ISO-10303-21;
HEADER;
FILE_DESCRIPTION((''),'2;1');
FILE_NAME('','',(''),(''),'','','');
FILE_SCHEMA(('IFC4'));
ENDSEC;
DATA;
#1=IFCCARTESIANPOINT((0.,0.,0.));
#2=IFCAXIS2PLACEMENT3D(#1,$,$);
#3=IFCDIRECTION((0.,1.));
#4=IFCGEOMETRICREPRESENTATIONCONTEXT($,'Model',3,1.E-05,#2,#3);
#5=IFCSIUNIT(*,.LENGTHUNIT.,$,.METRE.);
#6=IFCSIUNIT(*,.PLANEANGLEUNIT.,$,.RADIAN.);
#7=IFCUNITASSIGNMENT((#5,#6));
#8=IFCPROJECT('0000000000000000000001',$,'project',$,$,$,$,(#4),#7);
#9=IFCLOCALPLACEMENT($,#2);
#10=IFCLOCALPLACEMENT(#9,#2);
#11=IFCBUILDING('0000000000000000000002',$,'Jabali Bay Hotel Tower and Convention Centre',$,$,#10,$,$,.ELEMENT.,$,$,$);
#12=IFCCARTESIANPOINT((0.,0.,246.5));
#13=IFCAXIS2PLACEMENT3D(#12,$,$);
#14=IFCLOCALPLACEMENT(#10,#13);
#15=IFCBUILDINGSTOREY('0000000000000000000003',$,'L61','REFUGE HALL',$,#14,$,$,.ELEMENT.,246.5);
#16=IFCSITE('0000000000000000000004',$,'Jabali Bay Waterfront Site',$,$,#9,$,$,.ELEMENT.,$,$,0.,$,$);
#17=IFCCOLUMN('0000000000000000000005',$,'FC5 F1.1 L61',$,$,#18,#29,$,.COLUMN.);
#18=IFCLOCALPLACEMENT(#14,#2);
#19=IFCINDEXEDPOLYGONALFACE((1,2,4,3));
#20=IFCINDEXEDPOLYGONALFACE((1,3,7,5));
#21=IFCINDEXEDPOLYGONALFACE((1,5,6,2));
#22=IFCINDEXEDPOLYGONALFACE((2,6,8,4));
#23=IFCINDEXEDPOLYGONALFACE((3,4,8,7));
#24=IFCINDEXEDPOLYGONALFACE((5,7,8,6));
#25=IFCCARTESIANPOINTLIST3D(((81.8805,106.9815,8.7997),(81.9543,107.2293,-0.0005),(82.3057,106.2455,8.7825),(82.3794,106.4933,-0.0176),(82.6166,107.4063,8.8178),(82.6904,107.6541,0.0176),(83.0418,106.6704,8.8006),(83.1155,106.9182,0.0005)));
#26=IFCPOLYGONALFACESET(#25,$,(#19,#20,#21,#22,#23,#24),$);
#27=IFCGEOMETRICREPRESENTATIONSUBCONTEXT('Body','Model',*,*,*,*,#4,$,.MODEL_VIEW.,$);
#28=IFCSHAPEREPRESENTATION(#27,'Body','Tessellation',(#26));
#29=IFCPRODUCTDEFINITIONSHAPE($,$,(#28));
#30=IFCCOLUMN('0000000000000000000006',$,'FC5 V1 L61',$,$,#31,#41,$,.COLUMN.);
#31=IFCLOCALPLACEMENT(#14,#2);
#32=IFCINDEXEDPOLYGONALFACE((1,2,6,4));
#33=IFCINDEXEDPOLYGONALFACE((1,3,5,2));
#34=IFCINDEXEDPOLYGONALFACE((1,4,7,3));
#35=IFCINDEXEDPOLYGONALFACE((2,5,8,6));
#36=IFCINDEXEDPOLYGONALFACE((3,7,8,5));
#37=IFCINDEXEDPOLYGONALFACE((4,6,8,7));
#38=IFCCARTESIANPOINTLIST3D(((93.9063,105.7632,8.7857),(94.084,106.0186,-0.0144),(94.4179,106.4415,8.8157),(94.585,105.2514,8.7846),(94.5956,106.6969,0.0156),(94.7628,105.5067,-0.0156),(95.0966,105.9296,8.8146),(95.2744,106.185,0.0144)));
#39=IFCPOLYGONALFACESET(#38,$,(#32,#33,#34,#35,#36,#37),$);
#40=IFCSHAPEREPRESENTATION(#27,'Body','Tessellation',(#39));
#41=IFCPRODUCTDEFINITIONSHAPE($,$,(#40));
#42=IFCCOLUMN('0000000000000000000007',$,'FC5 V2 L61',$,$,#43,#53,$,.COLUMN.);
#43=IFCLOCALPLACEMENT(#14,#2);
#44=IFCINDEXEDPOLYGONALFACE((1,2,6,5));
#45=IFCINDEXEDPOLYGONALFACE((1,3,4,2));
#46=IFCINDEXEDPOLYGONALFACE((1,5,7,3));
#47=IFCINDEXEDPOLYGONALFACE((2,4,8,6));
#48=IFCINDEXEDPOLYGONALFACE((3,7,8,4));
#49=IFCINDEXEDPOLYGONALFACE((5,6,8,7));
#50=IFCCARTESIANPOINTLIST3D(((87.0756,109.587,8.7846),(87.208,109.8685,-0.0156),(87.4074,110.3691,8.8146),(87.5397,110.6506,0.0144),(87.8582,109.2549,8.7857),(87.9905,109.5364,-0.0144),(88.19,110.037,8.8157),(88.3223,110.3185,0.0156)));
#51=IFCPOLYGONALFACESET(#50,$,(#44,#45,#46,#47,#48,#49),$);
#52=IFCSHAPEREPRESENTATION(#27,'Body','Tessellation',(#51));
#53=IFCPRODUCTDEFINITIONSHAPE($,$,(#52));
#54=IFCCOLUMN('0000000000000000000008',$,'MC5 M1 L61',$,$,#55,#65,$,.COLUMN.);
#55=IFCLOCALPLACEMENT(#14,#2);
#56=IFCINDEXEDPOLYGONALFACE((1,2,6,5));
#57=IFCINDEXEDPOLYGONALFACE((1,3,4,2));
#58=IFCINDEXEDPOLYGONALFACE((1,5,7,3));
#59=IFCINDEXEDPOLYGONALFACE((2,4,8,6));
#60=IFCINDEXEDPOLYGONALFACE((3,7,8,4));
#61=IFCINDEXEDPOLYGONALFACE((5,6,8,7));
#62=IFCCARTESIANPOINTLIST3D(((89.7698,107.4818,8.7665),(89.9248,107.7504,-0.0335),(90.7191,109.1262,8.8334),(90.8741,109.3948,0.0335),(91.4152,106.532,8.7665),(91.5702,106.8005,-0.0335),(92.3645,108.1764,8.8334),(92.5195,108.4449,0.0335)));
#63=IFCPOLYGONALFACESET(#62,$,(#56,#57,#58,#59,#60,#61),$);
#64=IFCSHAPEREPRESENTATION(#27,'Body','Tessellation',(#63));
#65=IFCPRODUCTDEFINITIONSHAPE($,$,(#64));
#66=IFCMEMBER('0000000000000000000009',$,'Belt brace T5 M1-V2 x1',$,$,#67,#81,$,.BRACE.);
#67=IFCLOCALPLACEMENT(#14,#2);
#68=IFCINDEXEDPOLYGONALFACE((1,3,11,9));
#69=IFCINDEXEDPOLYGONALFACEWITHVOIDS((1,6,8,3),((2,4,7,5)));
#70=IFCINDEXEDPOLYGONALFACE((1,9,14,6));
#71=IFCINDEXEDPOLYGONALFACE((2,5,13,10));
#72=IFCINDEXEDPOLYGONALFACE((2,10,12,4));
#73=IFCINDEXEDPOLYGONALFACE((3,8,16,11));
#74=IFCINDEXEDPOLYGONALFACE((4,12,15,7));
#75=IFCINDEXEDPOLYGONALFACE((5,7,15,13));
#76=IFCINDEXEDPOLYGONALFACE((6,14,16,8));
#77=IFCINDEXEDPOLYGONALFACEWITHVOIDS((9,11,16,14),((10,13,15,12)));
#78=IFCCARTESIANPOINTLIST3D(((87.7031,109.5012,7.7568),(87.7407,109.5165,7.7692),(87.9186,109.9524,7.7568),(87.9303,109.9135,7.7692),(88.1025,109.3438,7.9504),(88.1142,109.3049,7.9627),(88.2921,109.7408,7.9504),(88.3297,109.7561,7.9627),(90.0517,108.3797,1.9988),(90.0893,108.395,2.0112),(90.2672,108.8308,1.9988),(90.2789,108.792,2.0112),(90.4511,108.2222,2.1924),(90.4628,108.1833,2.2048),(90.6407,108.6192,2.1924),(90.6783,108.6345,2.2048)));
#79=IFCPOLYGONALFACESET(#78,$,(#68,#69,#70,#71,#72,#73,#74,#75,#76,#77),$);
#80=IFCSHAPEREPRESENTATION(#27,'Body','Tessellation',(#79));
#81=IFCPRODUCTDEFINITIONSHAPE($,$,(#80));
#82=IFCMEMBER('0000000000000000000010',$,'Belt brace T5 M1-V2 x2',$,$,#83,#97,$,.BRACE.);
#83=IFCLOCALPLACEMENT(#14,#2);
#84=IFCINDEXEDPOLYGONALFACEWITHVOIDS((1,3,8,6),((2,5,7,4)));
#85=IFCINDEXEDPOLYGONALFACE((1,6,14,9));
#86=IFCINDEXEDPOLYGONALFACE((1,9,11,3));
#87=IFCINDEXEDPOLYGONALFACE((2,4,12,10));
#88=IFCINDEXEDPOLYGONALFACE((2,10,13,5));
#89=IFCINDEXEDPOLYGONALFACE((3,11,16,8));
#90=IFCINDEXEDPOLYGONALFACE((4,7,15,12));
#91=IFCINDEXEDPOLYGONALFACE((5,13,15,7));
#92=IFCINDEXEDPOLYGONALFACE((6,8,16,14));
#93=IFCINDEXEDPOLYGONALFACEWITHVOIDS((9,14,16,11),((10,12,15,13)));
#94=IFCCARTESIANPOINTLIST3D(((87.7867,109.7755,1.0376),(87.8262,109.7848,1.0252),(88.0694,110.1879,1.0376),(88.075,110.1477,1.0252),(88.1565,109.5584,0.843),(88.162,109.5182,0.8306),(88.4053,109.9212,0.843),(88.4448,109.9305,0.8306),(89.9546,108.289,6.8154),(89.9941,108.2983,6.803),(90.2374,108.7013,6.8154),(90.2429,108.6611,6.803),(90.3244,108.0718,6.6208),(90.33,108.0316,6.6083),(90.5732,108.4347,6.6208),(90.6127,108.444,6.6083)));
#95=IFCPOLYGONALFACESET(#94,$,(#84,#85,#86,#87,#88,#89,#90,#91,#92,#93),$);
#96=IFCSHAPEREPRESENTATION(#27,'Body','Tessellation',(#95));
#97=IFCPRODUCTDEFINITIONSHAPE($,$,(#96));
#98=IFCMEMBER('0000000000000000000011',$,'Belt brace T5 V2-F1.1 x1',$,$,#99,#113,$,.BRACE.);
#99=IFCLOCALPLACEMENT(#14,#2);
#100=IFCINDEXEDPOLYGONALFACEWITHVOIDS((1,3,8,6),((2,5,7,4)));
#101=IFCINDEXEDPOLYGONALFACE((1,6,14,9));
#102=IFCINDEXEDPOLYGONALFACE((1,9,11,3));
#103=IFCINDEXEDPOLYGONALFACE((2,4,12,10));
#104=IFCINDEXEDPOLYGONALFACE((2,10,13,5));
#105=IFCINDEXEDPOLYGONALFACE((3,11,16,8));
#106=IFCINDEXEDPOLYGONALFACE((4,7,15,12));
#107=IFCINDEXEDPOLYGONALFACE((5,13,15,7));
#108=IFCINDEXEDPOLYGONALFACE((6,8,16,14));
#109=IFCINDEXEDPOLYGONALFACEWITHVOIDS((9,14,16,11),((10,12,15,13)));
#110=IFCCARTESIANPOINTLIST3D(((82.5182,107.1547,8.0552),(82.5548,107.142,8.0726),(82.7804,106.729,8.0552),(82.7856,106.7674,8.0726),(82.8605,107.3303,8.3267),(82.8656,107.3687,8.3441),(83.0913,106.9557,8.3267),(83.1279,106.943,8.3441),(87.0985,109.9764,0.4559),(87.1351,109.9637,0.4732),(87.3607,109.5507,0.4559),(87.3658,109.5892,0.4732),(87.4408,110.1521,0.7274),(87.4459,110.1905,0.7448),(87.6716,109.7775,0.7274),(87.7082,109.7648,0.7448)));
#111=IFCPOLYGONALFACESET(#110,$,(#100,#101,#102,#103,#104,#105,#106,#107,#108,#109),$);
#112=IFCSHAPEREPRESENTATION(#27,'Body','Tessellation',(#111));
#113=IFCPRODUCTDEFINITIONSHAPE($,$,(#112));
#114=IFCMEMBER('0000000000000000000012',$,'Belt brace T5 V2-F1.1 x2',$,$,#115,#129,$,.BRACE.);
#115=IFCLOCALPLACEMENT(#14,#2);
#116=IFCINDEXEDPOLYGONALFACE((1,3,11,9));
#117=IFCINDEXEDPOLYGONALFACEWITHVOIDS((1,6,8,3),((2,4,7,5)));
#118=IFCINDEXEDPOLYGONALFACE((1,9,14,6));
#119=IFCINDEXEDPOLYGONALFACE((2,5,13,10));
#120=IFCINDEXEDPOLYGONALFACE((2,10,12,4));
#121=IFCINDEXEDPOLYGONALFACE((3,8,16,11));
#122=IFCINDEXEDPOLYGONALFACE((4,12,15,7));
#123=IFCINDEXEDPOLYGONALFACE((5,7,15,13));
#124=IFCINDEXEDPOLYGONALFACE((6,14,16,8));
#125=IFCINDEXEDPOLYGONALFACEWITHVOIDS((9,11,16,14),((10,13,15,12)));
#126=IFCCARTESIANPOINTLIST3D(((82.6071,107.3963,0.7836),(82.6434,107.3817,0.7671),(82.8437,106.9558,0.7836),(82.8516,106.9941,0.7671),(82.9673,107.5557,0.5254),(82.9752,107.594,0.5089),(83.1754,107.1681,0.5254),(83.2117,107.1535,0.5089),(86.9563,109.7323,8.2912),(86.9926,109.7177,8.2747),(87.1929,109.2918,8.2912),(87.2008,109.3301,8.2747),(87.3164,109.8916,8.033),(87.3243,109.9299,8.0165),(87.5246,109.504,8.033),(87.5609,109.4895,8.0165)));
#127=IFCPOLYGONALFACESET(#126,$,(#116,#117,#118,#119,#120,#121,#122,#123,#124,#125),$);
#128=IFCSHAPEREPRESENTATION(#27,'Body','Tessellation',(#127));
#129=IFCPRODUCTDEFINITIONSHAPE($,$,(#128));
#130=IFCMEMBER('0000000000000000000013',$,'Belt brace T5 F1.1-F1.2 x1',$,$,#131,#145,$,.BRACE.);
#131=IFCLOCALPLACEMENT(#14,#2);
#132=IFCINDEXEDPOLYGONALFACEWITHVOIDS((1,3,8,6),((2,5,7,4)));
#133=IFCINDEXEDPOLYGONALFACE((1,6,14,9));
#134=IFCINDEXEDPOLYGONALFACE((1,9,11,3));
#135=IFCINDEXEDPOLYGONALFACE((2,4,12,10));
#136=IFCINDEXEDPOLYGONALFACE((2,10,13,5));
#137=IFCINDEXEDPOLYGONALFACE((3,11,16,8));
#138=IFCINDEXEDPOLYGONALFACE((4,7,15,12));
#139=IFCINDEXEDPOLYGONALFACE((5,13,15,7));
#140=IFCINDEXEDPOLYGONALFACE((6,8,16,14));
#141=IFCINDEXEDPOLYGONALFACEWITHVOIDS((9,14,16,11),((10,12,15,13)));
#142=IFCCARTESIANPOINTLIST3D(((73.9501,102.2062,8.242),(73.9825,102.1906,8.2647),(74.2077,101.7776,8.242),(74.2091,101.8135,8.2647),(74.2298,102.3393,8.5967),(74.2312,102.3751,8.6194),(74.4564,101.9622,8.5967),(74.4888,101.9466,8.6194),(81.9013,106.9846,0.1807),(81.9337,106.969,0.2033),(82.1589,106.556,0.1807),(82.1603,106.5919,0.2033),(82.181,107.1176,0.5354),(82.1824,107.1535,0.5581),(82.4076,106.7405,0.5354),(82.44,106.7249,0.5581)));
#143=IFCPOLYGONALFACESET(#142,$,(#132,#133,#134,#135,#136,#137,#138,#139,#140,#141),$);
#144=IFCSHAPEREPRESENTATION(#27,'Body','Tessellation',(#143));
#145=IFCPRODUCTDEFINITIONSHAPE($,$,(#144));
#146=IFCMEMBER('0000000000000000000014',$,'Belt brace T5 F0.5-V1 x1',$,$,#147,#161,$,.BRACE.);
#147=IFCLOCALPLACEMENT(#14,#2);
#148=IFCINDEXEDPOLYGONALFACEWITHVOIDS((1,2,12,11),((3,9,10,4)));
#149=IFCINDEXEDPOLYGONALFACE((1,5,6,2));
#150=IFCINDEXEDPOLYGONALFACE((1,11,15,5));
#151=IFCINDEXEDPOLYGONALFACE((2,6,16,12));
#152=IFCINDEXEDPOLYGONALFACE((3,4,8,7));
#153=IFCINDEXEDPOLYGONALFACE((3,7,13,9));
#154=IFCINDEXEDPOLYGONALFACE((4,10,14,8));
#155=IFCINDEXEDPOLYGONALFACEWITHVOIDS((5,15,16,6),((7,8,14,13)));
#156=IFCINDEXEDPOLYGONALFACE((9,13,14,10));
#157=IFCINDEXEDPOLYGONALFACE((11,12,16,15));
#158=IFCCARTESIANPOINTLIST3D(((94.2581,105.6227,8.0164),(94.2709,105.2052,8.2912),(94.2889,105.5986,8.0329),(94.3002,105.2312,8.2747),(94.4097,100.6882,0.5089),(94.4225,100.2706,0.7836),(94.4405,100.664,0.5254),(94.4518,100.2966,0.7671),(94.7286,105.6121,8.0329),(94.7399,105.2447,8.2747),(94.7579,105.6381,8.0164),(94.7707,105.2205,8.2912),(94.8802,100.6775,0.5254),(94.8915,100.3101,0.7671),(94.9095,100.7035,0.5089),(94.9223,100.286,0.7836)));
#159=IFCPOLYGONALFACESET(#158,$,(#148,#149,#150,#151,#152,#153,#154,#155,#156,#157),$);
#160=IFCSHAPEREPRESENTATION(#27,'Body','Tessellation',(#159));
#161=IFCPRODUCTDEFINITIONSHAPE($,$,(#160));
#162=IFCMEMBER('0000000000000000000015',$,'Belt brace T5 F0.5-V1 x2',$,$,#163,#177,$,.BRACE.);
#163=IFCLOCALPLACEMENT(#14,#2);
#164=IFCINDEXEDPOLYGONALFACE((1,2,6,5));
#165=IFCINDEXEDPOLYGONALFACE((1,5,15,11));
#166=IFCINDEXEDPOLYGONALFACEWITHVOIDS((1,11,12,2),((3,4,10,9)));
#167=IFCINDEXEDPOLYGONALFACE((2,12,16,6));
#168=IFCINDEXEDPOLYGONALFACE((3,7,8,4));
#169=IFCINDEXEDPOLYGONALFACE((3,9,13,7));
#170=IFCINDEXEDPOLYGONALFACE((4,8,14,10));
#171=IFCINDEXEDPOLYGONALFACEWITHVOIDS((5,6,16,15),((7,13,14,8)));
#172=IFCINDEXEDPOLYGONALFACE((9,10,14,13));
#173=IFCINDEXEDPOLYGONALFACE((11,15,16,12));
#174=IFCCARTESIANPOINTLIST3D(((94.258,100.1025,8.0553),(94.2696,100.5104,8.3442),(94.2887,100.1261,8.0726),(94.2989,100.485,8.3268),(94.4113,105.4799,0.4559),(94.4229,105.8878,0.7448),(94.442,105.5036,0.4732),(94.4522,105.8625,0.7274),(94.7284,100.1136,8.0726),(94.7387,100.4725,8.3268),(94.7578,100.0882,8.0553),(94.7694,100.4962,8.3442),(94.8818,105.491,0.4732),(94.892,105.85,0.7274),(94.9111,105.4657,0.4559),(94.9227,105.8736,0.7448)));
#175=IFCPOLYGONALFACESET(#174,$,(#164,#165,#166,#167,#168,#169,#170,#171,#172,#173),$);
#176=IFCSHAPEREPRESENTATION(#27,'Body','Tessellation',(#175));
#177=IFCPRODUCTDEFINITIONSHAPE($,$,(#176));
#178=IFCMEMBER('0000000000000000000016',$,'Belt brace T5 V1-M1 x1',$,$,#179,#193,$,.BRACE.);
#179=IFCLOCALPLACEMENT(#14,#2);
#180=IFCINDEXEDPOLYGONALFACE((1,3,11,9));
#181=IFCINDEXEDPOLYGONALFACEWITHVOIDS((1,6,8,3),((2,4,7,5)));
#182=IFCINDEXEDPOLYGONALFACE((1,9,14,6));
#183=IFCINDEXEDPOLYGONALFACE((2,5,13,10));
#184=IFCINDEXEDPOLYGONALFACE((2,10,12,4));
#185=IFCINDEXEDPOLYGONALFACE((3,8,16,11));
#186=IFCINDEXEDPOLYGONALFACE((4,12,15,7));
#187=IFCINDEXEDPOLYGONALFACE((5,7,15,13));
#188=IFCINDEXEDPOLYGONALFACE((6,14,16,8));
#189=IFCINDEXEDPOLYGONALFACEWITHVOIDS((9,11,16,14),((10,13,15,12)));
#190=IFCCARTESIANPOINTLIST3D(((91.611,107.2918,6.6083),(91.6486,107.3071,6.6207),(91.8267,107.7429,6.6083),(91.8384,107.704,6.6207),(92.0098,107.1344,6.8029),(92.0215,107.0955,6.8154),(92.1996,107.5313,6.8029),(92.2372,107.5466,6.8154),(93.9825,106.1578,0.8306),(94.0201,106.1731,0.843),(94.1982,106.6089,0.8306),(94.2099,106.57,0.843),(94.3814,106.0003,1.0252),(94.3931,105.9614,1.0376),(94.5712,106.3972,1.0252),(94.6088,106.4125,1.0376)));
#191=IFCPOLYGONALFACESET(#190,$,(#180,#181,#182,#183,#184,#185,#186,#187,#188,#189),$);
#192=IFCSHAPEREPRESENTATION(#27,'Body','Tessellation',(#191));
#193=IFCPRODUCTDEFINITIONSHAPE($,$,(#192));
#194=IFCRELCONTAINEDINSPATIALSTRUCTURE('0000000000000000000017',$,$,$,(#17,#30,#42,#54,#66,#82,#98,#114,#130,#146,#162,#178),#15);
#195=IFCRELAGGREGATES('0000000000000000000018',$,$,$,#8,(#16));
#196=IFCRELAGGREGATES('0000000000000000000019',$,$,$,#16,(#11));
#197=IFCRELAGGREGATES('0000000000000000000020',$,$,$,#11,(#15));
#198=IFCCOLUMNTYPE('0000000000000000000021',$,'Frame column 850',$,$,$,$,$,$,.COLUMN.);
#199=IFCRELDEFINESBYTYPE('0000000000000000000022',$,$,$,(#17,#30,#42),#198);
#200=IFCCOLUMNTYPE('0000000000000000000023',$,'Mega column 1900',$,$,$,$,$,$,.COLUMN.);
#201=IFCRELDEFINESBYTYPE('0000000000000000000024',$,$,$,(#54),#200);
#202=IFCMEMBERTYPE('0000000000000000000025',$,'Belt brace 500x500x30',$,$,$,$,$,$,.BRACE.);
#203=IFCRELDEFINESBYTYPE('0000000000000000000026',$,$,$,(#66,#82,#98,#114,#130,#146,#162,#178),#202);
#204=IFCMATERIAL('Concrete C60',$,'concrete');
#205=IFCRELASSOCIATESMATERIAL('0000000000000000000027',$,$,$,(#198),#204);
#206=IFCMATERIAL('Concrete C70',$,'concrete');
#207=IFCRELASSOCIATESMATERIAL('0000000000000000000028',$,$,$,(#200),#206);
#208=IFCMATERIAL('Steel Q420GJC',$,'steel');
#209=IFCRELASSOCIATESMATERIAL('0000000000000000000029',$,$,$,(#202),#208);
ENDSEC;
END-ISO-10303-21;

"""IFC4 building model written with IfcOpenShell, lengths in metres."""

from ifc_helpers import new_model, si_unit, direction, frame, origin, origin_2d, place, context, subcontext, project, spatial, rectangle, hollow_rectangle, extrude, material, material_profile, profile_set, type_object, element, save


model = new_model("IFC4")

# Units and contexts
model_context = context("Model", 3, precision=1e-05, world=origin(), true_north=direction((0.0, 1.0)))
body_context = subcontext(model_context, "Body", "Model", "MODEL_VIEW")
ifc_project = project(units=[si_unit("LENGTHUNIT", "METRE"), si_unit("PLANEANGLEUNIT", "RADIAN")], contexts=[model_context])

# Site, building, storey
site_placement = place(None, origin())
site = spatial("IfcSite", under=ifc_project, at=site_placement, Name="Jabali Bay Waterfront Site", CompositionType="ELEMENT", RefElevation=0.0)
building_placement = place(site_placement, origin())
building = spatial("IfcBuilding", under=site, at=building_placement, Name="Jabali Bay Hotel Tower and Convention Centre", CompositionType="ELEMENT")
storey_placement = place(building_placement, frame((0.0, 0.0, 246.5)))
storey = spatial("IfcBuildingStorey", under=building, at=storey_placement, Name="L61", Description="REFUGE HALL", CompositionType="ELEMENT", Elevation=246.5)

# Columns
ifc_material_1 = material(Name="Concrete C60", Category="concrete")
ifc_material_profile_1 = material_profile(ifc_material_1, rectangle(XDim=0.8501, YDim=0.8501, at=origin_2d()), Name="Frame column 850")
ifc_profile_set_1 = profile_set([ifc_material_profile_1], Name="Concrete C60")
column_type_1 = type_object("IfcColumnType", Name="Frame column 850", PredefinedType="COLUMN", material=ifc_profile_set_1)
column_1_placement = place(storey_placement, frame((82.5349, 107.0737, 0.0), z_axis=(-0.008375, -0.028147, 0.999569), x_axis=(0.865902, 0.499758, 0.021328)))
element("IfcColumn", 1, at=column_1_placement, inside=storey, type_object=column_type_1, Name="FC5 F1.1 L61", PredefinedType="COLUMN", context=body_context, shape_type="SweptSolid", body=[
    extrude(rectangle(XDim=0.8501, YDim=0.8501, at=origin_2d()), origin(), (0.0, 0.0, 1.0), 8.804),
])
for number, where, z_axis, x_axis, name in (
    (2, (94.6792, 106.1018, 0.0), (-0.020184, -0.029001, 0.999376), (0.601814, 0.797856, 0.035308), "FC5 V1 L61"),
    (3, (87.7651, 110.0935, 0.0), (-0.015027, -0.031968, 0.999376), (0.920569, -0.390577, 0.001349), "FC5 V2 L61"),
):
    element("IfcColumn", number, at=place(storey_placement, frame(where, z_axis=z_axis, x_axis=x_axis)), inside=storey, type_object=column_type_1, Name=name, PredefinedType="COLUMN", context=body_context, shape_type="SweptSolid", body=[
        extrude(rectangle(XDim=0.8501, YDim=0.8501, at=origin_2d()), origin(), (0.0, 0.0, 1.0), 8.8057),
    ])
ifc_material_2 = material(Name="Concrete C70", Category="concrete")
ifc_material_profile_2 = material_profile(ifc_material_2, rectangle(XDim=1.8999, YDim=1.8999, at=origin_2d()), Name="Mega column 1900")
ifc_profile_set_2 = profile_set([ifc_material_profile_2], Name="Concrete C70")
column_type_2 = type_object("IfcColumnType", Name="Mega column 1900", PredefinedType="COLUMN", material=ifc_profile_set_2)
column_2_placement = place(storey_placement, frame((91.2222, 108.0977, 0.0), z_axis=(-0.017606, -0.030498, 0.99938), x_axis=(0.49964, 0.865517, 0.035215)))
element("IfcColumn", 4, at=column_2_placement, inside=storey, type_object=column_type_2, Name="MC5 M1 L61", PredefinedType="COLUMN", context=body_context, shape_type="SweptSolid", body=[
    extrude(rectangle(XDim=1.8999, YDim=1.8999, at=origin_2d()), origin(), (0.0, 0.0, 1.0), 8.8054),
])

# Members
ifc_material_3 = material(Name="Steel Q420GJC", Category="steel")
ifc_material_profile_3 = material_profile(ifc_material_3, hollow_rectangle(XDim=0.5, YDim=0.5, WallThickness=0.03, at=origin_2d()), Name="Belt brace 500x500x30")
ifc_profile_set_3 = profile_set([ifc_material_profile_3], Name="Steel Q420GJC")
member_type_1 = type_object("IfcMemberType", Name="Belt brace 500x500x30", PredefinedType="BRACE", material=ifc_profile_set_3)
member_1_placement = place(storey_placement, frame((90.365, 108.5071, 2.1018), z_axis=(-0.37168, 0.177495, 0.911235), x_axis=(-0.430931, -0.902385, 0.0)))
element("IfcMember", 5, at=member_1_placement, inside=storey, type_object=member_type_1, Name="Belt brace T5 M1-V2 x1", PredefinedType="BRACE", context=body_context, shape_type="SweptSolid", body=[
    extrude(hollow_rectangle(XDim=0.5, YDim=0.5, WallThickness=0.03, at=origin_2d()), origin(), (0.0, 0.0, 1.0), 6.3188),
])
member_2_placement = place(storey_placement, frame((88.1157, 109.853, 0.9341), z_axis=(0.341536, -0.234191, 0.910224), x_axis=(0.565519, 0.824735, 0.0)))
element("IfcMember", 6, at=member_2_placement, inside=storey, type_object=member_type_1, Name="Belt brace T5 M1-V2 x2", PredefinedType="BRACE", context=body_context, shape_type="SweptSolid", body=[
    extrude(hollow_rectangle(XDim=0.5, YDim=0.5, WallThickness=0.03, at=origin_2d()), origin(), (0.0, 0.0, 1.0), 6.3477),
])
member_3_placement = place(storey_placement, frame((87.4033, 109.8706, 0.6003), z_axis=(-0.491933, -0.303063, 0.816183), x_axis=(0.524518, -0.8514, 0.0)))
element("IfcMember", 7, at=member_3_placement, inside=storey, type_object=member_type_1, Name="Belt brace T5 V2-F1.1 x1", PredefinedType="BRACE", context=body_context, shape_type="SweptSolid", body=[
    extrude(hollow_rectangle(XDim=0.5, YDim=0.5, WallThickness=0.03, at=origin_2d()), origin(), (0.0, 0.0, 1.0), 9.3108),
])
member_4_placement = place(storey_placement, frame((82.9094, 107.2749, 0.6462), z_axis=(0.484028, 0.259974, 0.835542), x_axis=(-0.473174, 0.880969, 0.0)))
element("IfcMember", 8, at=member_4_placement, inside=storey, type_object=member_type_1, Name="Belt brace T5 V2-F1.1 x2", PredefinedType="BRACE", context=body_context, shape_type="SweptSolid", body=[
    extrude(hollow_rectangle(XDim=0.5, YDim=0.5, WallThickness=0.03, at=origin_2d()), origin(), (0.0, 0.0, 1.0), 8.9854),
])
member_5_placement = place(storey_placement, frame((82.1707, 106.8547, 0.3694), z_axis=(-0.646976, -0.388806, 0.655936), x_axis=(0.515099, -0.85713, 0.0)))
element("IfcMember", 9, at=member_5_placement, inside=storey, type_object=member_type_1, Name="Belt brace T5 F1.1-F1.2 x1", PredefinedType="BRACE", context=body_context, shape_type="SweptSolid", body=[
    extrude(hollow_rectangle(XDim=0.5, YDim=0.5, WallThickness=0.03, at=origin_2d()), origin(), (0.0, 0.0, 1.0), 12.2898),
])
member_6_placement = place(storey_placement, frame((94.666, 100.4871, 0.6462), z_axis=(-0.016873, 0.549179, 0.835534), x_axis=(-0.999528, -0.03071, 0.0)))
element("IfcMember", 10, at=member_6_placement, inside=storey, type_object=member_type_1, Name="Belt brace T5 F0.5-V1 x1", PredefinedType="BRACE", context=body_context, shape_type="SweptSolid", body=[
    extrude(hollow_rectangle(XDim=0.5, YDim=0.5, WallThickness=0.03, at=origin_2d()), origin(), (0.0, 0.0, 1.0), 8.9854),
])
member_7_placement = place(storey_placement, frame((94.667, 105.6768, 0.6003), z_axis=(-0.016467, -0.57755, 0.816189), x_axis=(0.999594, -0.0285, 0.0)))
element("IfcMember", 11, at=member_7_placement, inside=storey, type_object=member_type_1, Name="Belt brace T5 F0.5-V1 x2", PredefinedType="BRACE", context=body_context, shape_type="SweptSolid", body=[
    extrude(hollow_rectangle(XDim=0.5, YDim=0.5, WallThickness=0.03, at=origin_2d()), origin(), (0.0, 0.0, 1.0), 9.3108),
])
member_8_placement = place(storey_placement, frame((94.2957, 106.2852, 0.9341), z_axis=(-0.373611, 0.178652, 0.910219), x_axis=(-0.431393, -0.902164, 0.0)))
element("IfcMember", 12, at=member_8_placement, inside=storey, type_object=member_type_1, Name="Belt brace T5 V1-M1 x1", PredefinedType="BRACE", context=body_context, shape_type="SweptSolid", body=[
    extrude(hollow_rectangle(XDim=0.5, YDim=0.5, WallThickness=0.03, at=origin_2d()), origin(), (0.0, 0.0, 1.0), 6.3477),
])

save(model, "model.ifc")
